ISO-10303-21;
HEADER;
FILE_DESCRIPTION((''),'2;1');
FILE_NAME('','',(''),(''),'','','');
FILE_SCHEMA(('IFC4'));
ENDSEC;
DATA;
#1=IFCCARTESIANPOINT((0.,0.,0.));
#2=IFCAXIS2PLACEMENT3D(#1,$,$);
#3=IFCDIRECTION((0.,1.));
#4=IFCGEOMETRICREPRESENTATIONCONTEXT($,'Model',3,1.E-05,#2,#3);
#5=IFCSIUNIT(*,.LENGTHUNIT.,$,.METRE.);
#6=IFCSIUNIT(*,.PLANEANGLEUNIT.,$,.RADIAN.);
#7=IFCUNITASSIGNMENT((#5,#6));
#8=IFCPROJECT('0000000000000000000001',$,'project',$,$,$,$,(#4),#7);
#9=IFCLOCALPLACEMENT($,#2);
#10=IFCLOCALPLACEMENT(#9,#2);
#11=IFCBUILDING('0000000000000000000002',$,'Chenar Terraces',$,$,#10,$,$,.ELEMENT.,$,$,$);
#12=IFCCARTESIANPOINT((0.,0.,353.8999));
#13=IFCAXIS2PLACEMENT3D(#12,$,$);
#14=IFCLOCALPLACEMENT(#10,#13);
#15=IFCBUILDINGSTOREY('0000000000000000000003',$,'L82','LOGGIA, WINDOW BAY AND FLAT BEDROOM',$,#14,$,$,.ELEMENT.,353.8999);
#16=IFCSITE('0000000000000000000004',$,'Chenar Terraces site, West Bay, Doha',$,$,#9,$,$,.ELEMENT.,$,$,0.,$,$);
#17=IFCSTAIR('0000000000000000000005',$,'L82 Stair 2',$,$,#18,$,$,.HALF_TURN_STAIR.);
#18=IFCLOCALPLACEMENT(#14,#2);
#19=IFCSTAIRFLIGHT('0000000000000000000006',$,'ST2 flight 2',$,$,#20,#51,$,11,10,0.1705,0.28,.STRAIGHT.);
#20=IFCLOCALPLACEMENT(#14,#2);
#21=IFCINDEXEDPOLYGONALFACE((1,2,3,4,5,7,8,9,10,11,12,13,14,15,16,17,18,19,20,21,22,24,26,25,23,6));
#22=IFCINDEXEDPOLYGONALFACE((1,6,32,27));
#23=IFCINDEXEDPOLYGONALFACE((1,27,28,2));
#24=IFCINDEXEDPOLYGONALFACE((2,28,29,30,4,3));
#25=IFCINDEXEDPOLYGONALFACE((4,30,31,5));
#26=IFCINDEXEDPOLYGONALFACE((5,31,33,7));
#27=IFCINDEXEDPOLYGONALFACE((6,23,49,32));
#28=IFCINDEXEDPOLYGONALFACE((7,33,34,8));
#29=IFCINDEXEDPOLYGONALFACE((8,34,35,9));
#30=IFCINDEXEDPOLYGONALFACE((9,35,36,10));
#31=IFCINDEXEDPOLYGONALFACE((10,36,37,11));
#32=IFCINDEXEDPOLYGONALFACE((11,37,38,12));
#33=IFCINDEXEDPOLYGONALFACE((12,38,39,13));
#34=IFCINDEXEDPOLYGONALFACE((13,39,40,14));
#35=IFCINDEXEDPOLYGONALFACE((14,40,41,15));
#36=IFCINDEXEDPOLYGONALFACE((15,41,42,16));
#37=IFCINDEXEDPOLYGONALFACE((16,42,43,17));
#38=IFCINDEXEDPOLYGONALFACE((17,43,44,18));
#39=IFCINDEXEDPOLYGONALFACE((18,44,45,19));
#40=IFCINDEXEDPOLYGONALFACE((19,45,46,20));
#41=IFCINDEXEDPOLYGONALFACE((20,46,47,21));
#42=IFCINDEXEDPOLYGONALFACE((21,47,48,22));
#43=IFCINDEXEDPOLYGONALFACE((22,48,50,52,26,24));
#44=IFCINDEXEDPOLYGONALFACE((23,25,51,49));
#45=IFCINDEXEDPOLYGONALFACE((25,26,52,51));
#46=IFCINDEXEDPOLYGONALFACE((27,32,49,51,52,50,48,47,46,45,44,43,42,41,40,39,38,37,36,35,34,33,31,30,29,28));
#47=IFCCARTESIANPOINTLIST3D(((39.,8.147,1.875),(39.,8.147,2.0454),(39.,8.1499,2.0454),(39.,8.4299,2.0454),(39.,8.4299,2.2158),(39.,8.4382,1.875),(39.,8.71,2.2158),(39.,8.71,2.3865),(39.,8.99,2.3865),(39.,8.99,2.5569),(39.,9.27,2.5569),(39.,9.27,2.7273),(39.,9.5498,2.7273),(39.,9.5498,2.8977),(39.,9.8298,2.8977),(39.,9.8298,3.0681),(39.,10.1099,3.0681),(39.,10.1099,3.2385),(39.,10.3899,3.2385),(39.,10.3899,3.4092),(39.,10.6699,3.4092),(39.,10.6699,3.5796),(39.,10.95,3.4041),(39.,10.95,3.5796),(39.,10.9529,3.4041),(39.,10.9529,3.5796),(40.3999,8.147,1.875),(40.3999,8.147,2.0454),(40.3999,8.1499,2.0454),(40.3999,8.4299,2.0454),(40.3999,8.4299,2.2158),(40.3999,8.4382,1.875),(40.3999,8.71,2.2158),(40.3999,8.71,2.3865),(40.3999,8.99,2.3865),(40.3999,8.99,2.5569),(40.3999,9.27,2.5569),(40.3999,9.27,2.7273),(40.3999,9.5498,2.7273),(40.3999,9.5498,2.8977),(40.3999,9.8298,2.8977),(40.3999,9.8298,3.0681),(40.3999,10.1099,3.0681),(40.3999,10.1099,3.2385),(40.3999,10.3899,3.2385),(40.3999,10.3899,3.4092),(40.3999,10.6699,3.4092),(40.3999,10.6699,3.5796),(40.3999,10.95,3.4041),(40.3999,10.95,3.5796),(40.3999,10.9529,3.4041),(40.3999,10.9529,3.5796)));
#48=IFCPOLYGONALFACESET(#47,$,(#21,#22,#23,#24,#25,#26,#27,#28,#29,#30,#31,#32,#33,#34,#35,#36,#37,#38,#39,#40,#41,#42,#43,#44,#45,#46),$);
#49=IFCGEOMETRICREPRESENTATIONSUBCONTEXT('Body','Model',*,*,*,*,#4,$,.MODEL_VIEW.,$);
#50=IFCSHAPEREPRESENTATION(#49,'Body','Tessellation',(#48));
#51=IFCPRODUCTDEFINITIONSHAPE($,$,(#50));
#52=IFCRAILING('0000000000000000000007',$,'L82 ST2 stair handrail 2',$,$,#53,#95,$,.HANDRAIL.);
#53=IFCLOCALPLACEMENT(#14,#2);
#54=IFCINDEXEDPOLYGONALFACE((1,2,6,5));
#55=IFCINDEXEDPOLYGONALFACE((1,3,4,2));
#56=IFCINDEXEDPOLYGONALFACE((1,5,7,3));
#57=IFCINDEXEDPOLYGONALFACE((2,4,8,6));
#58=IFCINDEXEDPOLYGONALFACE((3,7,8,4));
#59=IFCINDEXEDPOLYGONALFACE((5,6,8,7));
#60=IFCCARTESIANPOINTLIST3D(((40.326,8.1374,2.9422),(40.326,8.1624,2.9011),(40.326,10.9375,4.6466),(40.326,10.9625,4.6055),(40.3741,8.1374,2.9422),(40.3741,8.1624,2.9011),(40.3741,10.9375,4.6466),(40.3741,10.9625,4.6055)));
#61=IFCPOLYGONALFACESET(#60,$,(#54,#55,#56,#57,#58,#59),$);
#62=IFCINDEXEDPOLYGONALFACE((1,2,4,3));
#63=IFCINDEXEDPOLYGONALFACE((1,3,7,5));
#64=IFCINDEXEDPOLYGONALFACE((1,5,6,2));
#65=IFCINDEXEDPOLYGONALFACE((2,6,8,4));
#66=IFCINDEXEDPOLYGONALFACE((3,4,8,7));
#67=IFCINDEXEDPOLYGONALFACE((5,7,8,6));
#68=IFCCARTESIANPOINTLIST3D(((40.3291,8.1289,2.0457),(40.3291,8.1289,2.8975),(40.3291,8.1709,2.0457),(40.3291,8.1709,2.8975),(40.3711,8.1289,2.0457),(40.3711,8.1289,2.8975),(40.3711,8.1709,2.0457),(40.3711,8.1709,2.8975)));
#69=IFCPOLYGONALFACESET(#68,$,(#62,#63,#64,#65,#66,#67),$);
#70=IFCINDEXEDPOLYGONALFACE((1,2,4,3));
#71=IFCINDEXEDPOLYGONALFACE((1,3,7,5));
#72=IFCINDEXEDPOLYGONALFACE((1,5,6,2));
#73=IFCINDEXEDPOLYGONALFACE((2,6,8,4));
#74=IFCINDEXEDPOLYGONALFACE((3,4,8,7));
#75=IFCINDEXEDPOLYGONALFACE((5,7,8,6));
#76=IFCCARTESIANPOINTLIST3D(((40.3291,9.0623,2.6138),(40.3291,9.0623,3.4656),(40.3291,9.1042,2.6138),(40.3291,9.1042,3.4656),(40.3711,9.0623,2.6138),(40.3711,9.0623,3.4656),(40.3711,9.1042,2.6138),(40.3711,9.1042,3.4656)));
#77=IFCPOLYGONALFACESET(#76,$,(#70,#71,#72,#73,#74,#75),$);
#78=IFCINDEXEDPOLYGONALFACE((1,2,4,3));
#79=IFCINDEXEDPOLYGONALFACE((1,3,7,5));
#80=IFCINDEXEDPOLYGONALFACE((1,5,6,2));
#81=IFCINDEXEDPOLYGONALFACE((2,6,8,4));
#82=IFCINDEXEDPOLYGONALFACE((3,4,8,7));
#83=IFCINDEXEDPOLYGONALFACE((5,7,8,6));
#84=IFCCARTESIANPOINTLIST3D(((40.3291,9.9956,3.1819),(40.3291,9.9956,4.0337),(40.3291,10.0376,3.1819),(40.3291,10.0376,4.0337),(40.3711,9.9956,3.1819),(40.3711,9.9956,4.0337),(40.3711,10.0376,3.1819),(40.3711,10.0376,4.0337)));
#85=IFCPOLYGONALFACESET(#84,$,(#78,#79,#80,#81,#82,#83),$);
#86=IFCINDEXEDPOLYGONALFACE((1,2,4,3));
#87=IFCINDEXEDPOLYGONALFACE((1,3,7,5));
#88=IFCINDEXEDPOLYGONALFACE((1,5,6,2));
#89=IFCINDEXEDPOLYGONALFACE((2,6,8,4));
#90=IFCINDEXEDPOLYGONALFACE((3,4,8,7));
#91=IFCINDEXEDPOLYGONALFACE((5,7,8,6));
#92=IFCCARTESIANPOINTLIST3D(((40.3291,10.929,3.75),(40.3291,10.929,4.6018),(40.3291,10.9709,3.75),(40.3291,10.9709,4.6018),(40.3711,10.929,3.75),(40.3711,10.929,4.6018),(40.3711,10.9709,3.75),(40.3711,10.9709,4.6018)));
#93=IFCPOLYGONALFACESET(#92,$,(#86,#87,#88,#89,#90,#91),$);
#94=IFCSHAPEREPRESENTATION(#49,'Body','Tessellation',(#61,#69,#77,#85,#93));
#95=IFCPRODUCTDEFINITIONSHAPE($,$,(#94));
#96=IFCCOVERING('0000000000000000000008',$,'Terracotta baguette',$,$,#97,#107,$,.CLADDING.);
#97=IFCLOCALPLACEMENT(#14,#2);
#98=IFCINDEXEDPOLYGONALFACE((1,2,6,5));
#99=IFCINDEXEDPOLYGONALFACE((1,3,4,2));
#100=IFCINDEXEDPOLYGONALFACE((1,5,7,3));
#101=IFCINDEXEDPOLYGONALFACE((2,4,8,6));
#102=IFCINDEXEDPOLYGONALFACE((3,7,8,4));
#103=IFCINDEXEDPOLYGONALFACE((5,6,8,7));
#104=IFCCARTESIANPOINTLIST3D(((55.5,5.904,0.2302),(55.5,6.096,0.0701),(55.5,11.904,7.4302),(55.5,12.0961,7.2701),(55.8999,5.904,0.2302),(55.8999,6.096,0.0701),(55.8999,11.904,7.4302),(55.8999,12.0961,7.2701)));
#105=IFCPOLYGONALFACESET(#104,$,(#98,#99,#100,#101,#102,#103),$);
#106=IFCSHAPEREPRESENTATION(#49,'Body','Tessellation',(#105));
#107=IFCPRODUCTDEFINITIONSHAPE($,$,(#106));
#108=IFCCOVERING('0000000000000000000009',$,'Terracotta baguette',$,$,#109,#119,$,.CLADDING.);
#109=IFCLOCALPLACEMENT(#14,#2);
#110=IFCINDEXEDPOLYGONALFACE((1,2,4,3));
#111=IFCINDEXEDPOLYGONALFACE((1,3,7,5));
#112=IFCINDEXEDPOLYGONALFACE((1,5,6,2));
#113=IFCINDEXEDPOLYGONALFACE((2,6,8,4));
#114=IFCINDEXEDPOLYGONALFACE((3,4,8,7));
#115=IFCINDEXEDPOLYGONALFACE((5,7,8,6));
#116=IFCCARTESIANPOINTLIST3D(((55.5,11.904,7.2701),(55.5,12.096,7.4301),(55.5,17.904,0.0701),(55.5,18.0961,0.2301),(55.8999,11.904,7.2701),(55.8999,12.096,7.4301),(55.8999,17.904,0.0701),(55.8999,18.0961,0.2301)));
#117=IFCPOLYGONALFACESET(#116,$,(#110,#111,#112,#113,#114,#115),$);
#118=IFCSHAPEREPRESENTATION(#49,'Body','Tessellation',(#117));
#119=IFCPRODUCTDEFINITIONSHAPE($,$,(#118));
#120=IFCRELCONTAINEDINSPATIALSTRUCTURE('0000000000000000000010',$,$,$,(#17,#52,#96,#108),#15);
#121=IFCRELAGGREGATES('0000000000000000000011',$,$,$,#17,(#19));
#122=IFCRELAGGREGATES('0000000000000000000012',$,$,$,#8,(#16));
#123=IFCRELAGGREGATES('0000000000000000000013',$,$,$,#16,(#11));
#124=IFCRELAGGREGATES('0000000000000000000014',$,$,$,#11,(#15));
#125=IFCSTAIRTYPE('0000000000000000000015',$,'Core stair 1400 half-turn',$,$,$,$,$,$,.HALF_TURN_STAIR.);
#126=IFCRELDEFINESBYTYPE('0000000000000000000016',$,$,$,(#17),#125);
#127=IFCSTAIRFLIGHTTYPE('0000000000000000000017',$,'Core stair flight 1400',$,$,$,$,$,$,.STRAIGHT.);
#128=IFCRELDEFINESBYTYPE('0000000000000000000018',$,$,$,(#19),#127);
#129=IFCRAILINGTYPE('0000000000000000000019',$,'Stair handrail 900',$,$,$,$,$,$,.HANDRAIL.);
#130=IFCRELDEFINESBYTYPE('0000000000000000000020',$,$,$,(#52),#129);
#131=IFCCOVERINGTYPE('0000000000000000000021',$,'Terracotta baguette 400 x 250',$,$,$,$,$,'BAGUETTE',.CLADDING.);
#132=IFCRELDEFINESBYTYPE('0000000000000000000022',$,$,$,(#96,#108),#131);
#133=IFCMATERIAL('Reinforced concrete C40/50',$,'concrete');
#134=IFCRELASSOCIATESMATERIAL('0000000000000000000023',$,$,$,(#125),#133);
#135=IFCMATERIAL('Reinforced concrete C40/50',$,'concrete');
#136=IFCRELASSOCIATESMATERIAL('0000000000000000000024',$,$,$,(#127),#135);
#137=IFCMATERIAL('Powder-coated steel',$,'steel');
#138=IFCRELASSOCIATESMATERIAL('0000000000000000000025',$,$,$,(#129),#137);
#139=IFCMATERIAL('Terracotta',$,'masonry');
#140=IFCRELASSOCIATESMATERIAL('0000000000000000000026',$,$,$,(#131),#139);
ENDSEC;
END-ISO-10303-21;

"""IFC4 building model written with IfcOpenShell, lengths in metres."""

from ifc_helpers import new_model, si_unit, direction, frame, origin, origin_2d, place, context, subcontext, project, spatial, polyline, rectangle, outline, extrude, material, material_profile, profile_set, type_object, element, aggregate, save


model = new_model("IFC4")

# Units and contexts
model_context = context("Model", 3, precision=1e-05, world=origin(), true_north=direction((0.0, 1.0)))
body_context = subcontext(model_context, "Body", "Model", "MODEL_VIEW")
ifc_project = project(units=[si_unit("LENGTHUNIT", "METRE"), si_unit("PLANEANGLEUNIT", "RADIAN")], contexts=[model_context])

# Site, building, storey
site_placement = place(None, origin())
site = spatial("IfcSite", under=ifc_project, at=site_placement, Name="Chenar Terraces site, West Bay, Doha", CompositionType="ELEMENT", RefElevation=0.0)
building_placement = place(site_placement, origin())
building = spatial("IfcBuilding", under=site, at=building_placement, Name="Chenar Terraces", CompositionType="ELEMENT")
storey_placement = place(building_placement, frame((0.0, 0.0, 353.8999)))
storey = spatial("IfcBuildingStorey", under=building, at=storey_placement, Name="L82", Description="LOGGIA, WINDOW BAY AND FLAT BEDROOM", CompositionType="ELEMENT", Elevation=353.8999)

# Stair, stair flight
ifc_material_1 = material(Name="Reinforced concrete C40/50", Category="concrete")
stair_type = type_object("IfcStairType", Name="Core stair 1400 half-turn", PredefinedType="HALF_TURN_STAIR", material=ifc_material_1)
stair_placement = place(storey_placement, origin())
stair = element("IfcStair", 1, at=stair_placement, inside=storey, type_object=stair_type, Name="L82 Stair 2", PredefinedType="HALF_TURN_STAIR")
ifc_material_2 = material(Name="Reinforced concrete C40/50", Category="concrete")
stair_flight_type = type_object("IfcStairFlightType", Name="Core stair flight 1400", PredefinedType="STRAIGHT", material=ifc_material_2)
stair_flight_placement = place(storey_placement, frame((39.7, 8.1499, 1.875), z_axis=(0.0, 0.0, 1.0), x_axis=(0.0, 1.0, 0.0)))
stair_flight = element("IfcStairFlight", 2, at=stair_flight_placement, type_object=stair_flight_type, Name="ST2 flight 2", NumberOfRisers=11, NumberOfTreads=10, PredefinedType="STRAIGHT", RiserHeight=0.1705, TreadLength=0.28, context=body_context, shape_type="SweptSolid", body=[
    extrude(outline(polyline([(-0.0029, 0.0), (-0.0029, 0.1704), (0.0, 0.1704), (0.28, 0.1704), (0.28, 0.3408), (0.5601, 0.3408), (0.5601, 0.5115), (0.8401, 0.5115), (0.8401, 0.6819), (1.1201, 0.6819), (1.1201, 0.8523), (1.3999, 0.8523), (1.3999, 1.0227), (1.6799, 1.0227), (1.6799, 1.1931), (1.96, 1.1931), (1.96, 1.3635), (2.24, 1.3635), (2.24, 1.5342), (2.52, 1.5342), (2.52, 1.7046), (2.8, 1.7046), (2.803, 1.7046), (2.803, 1.5291), (2.8, 1.5291), (0.2883, 0.0), (-0.0029, 0.0)])), frame((0.0, 0.7, 0.0), z_axis=(0.0, -1.0, 0.0), x_axis=(1.0, 0.0, 0.0)), (0.0, 0.0, 1.0), 1.3999),
])
aggregate(stair, [stair_flight])

# Railing
ifc_material_3 = material(Name="Powder-coated steel", Category="steel")
railing_type = type_object("IfcRailingType", Name="Stair handrail 900", PredefinedType="HANDRAIL", material=ifc_material_3)
railing_placement = place(storey_placement, frame((40.3501, 8.1499, 2.0457)))
element("IfcRailing", 3, at=railing_placement, inside=storey, type_object=railing_type, Name="L82 ST2 stair handrail 2", PredefinedType="HANDRAIL", context=body_context, shape_type="SweptSolid", body=[
    extrude(rectangle(XDim=0.0481, YDim=0.0481, at=origin_2d()), frame((0.0, 0.0, 0.876), z_axis=(0.0, 0.854203, 0.51994), x_axis=(-1.0, 0.0, 0.0)), (0.0, 0.0, 1.0), 3.2781),
    extrude(rectangle(XDim=0.042, YDim=0.042, at=origin_2d()), origin(), (0.0, 0.0, 1.0), 0.8518),
    extrude(rectangle(XDim=0.042, YDim=0.042, at=origin_2d()), frame((0.0, 0.9333, 0.5681)), (0.0, 0.0, 1.0), 0.8518),
    extrude(rectangle(XDim=0.042, YDim=0.042, at=origin_2d()), frame((0.0, 1.8667, 1.1362)), (0.0, 0.0, 1.0), 0.8518),
    extrude(rectangle(XDim=0.042, YDim=0.042, at=origin_2d()), frame((0.0, 2.8, 1.7043)), (0.0, 0.0, 1.0), 0.8518),
])

# Coverings
ifc_material_4 = material(Name="Terracotta", Category="masonry")
ifc_material_profile_1 = material_profile(ifc_material_4, rectangle(XDim=0.3999, YDim=0.25, at=origin_2d()), Name="Terracotta baguette 400 x 250")
ifc_profile_set_1 = profile_set([ifc_material_profile_1], Name="Terracotta")
covering_type = type_object("IfcCoveringType", Name="Terracotta baguette 400 x 250", ElementType="BAGUETTE", PredefinedType="CLADDING", material=ifc_profile_set_1)
for number, where, z_axis, x_axis, name in (
    (4, (55.7, 6.0, 0.1501), (0.0, 0.640187, 0.768219), (-1.0, 0.0, 0.0), "Terracotta baguette"),
    (5, (55.7, 12.0, 7.3501), (0.0, 0.640187, -0.768219), (-1.0, 0.0, 0.0), "Terracotta baguette"),
):
    element("IfcCovering", number, at=place(storey_placement, frame(where, z_axis=z_axis, x_axis=x_axis)), inside=storey, type_object=covering_type, Name=name, PredefinedType="CLADDING", context=body_context, shape_type="SweptSolid", body=[
        extrude(rectangle(XDim=0.3999, YDim=0.25, at=origin_2d()), origin(), (0.0, 0.0, 1.0), 9.3723),
    ])

save(model, "model.ifc")
